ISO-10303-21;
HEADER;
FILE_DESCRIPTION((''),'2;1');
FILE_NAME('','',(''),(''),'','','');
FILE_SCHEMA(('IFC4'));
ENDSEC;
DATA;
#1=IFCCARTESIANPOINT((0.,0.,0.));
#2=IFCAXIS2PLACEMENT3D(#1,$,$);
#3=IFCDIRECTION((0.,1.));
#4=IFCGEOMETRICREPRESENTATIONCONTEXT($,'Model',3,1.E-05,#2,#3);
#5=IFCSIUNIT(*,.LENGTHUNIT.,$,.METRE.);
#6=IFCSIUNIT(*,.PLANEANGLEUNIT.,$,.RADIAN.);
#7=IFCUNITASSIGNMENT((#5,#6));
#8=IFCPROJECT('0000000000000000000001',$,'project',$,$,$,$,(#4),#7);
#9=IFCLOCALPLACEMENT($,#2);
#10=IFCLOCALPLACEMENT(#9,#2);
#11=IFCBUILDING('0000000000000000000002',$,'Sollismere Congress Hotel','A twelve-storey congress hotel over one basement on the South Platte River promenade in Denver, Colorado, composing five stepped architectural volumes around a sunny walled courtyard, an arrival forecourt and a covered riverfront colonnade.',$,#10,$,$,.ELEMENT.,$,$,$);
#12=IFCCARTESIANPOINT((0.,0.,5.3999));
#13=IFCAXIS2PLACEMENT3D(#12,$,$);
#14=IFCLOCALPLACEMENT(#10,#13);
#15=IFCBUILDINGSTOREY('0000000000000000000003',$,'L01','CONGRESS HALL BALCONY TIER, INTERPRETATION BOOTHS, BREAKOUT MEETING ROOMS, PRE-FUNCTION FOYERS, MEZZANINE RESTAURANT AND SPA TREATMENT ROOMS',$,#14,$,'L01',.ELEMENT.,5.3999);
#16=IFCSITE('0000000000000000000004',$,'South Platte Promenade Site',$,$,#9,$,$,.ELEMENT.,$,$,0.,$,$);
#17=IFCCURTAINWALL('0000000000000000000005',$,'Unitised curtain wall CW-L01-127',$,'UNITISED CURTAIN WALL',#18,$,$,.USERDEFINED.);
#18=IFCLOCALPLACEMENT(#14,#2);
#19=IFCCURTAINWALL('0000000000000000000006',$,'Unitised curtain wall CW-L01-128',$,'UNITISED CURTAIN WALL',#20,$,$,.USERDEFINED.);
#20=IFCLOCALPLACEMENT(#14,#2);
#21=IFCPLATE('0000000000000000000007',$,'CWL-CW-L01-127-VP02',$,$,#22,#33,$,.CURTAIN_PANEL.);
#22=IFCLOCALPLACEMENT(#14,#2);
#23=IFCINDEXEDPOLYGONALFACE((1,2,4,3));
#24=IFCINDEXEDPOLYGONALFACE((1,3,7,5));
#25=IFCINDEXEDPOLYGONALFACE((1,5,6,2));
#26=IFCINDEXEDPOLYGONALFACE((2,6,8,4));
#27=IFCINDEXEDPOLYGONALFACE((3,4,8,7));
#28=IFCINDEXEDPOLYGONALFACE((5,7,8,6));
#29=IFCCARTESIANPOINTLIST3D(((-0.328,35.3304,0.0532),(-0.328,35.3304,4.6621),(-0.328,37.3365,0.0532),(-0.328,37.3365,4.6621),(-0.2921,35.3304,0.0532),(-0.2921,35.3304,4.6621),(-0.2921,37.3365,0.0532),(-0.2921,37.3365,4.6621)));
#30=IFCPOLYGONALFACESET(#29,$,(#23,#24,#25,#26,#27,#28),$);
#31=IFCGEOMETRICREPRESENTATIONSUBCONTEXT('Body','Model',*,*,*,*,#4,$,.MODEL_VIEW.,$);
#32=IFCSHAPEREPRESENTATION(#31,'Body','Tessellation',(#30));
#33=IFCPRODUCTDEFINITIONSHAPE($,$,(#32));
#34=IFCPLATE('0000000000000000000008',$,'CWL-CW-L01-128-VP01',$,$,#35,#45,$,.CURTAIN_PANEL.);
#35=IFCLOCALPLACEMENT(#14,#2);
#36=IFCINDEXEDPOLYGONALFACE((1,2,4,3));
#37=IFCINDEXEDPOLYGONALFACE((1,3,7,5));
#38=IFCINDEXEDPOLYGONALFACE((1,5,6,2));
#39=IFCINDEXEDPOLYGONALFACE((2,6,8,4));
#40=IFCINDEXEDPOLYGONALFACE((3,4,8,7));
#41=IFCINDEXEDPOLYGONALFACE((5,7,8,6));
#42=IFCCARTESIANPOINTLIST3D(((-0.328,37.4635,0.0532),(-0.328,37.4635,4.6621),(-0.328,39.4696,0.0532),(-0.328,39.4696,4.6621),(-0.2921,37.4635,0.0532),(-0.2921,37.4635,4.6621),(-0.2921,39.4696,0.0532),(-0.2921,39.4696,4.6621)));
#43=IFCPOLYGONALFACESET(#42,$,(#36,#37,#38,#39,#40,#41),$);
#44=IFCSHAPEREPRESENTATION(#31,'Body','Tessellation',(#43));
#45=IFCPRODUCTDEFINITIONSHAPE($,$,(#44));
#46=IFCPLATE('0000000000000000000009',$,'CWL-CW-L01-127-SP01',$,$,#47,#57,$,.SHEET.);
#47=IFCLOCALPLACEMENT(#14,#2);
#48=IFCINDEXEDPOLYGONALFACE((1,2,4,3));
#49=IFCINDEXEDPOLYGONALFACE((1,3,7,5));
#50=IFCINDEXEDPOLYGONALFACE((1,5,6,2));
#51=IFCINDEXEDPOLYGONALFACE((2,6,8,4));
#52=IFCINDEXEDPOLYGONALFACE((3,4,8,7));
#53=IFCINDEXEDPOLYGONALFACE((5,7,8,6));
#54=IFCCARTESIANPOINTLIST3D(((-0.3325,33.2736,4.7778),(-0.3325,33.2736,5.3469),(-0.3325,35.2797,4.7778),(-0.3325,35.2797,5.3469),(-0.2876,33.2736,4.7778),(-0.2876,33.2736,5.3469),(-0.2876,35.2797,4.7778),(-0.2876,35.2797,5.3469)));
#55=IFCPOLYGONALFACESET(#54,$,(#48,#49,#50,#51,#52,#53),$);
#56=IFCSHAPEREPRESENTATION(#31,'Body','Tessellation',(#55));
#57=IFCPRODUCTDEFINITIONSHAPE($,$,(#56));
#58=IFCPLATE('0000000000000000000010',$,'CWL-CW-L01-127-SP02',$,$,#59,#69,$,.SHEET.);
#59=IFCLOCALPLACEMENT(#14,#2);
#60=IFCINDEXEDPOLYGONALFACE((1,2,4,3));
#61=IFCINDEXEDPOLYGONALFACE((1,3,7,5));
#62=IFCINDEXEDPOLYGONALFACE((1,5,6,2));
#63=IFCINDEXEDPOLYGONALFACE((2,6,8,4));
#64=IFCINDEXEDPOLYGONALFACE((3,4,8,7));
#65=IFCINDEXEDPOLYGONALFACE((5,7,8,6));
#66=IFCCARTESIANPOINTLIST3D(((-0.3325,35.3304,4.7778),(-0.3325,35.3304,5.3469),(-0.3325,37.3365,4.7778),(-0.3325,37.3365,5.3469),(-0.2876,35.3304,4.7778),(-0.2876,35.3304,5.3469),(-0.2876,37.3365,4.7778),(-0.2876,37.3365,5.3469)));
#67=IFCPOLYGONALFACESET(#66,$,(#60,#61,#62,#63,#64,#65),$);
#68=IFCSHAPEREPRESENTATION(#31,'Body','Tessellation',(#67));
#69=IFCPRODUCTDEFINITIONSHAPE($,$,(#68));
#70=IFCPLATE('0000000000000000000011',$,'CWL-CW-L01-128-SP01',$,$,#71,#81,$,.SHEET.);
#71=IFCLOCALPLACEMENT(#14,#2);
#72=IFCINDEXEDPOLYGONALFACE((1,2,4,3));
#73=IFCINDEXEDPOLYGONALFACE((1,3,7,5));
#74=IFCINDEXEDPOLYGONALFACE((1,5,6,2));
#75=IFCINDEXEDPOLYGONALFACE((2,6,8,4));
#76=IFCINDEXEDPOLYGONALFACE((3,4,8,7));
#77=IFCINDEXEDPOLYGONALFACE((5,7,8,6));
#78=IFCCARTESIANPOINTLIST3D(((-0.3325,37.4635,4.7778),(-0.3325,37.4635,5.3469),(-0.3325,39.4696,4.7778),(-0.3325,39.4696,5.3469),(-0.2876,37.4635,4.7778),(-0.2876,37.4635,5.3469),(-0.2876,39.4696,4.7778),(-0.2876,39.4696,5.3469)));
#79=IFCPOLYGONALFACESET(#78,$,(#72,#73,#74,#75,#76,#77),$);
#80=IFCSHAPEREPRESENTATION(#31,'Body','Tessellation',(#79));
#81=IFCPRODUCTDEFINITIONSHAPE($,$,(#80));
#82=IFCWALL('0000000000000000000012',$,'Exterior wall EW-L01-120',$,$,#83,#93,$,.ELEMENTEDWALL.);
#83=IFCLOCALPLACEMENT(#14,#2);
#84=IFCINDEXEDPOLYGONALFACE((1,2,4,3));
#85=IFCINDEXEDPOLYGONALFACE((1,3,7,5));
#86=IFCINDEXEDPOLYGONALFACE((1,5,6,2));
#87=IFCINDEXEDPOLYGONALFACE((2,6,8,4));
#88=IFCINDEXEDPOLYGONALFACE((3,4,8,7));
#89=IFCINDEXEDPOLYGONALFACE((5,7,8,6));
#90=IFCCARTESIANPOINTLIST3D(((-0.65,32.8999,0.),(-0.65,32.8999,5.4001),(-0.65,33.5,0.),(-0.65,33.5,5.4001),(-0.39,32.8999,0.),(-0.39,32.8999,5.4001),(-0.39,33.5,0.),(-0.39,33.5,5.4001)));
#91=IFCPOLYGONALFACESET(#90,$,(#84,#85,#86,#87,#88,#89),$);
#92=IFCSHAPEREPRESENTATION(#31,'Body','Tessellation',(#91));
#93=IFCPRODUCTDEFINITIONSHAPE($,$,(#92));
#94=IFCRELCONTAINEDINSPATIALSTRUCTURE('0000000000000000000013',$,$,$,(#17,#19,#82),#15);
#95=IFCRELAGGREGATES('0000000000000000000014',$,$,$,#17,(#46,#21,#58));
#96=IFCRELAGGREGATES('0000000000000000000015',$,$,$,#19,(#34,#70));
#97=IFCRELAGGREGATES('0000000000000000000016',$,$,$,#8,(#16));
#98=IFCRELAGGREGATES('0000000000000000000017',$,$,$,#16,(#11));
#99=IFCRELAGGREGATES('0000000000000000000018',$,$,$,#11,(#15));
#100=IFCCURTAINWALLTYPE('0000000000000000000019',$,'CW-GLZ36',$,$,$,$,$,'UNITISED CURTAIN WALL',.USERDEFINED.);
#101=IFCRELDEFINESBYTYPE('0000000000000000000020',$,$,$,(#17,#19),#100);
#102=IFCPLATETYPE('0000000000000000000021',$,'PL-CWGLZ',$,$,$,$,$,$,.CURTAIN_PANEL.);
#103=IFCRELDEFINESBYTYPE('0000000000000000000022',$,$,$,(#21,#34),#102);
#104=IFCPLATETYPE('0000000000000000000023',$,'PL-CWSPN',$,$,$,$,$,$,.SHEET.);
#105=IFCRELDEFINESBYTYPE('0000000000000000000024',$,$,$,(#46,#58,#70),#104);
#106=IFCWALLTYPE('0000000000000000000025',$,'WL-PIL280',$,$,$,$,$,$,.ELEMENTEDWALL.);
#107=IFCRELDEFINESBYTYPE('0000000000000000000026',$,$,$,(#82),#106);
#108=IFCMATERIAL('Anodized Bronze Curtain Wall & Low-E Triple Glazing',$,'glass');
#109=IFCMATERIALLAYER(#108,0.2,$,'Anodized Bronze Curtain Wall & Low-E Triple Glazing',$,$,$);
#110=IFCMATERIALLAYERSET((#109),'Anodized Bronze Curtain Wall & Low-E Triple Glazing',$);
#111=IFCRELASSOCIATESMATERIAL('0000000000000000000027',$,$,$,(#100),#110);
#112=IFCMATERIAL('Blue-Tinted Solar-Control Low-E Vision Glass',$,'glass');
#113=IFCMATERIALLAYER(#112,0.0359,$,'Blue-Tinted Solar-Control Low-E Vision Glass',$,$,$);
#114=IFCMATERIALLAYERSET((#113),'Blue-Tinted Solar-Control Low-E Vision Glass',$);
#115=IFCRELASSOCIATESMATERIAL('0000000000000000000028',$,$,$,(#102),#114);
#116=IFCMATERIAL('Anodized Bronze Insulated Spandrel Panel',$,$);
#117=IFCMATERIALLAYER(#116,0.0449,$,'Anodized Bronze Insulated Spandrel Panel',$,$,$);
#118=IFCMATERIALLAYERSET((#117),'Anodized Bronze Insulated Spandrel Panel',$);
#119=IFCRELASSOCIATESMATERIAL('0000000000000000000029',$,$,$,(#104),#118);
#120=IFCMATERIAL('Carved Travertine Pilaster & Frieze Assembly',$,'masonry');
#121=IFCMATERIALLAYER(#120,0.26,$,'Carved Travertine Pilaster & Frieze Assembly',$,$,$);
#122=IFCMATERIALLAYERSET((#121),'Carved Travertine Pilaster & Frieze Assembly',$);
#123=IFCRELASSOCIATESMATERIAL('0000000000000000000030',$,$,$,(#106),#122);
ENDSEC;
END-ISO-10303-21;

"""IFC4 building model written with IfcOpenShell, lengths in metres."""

from ifc_helpers import new_model, si_unit, direction, frame, frame_2d, origin, origin_2d, place, context, subcontext, project, spatial, rectangle, extrude, material, layer, layer_set, type_object, element, aggregate, save


model = new_model("IFC4")

# Units and contexts
model_context = context("Model", 3, precision=1e-05, world=origin(), true_north=direction((0.0, 1.0)))
body_context = subcontext(model_context, "Body", "Model", "MODEL_VIEW")
ifc_project = project(units=[si_unit("LENGTHUNIT", "METRE"), si_unit("PLANEANGLEUNIT", "RADIAN")], contexts=[model_context])

# Site, building, storey
site_placement = place(None, origin())
site = spatial("IfcSite", under=ifc_project, at=site_placement, Name="South Platte Promenade Site", CompositionType="ELEMENT", RefElevation=0.0)
building_placement = place(site_placement, origin())
building = spatial("IfcBuilding", under=site, at=building_placement, Name="Sollismere Congress Hotel", Description="A twelve-storey congress hotel over one basement on the South Platte River promenade in Denver, Colorado, composing five stepped architectural volumes around a sunny walled courtyard, an arrival forecourt and a covered riverfront colonnade.", CompositionType="ELEMENT")
storey_placement = place(building_placement, frame((0.0, 0.0, 5.3999)))
storey = spatial("IfcBuildingStorey", under=building, at=storey_placement, Name="L01", Description="CONGRESS HALL BALCONY TIER, INTERPRETATION BOOTHS, BREAKOUT MEETING ROOMS, PRE-FUNCTION FOYERS, MEZZANINE RESTAURANT AND SPA TREATMENT ROOMS", LongName="L01", CompositionType="ELEMENT", Elevation=5.3999)

# Curtain wall
ifc_material_1 = material(Name="Anodized Bronze Curtain Wall & Low-E Triple Glazing", Category="glass")
ifc_layer_1 = layer(ifc_material_1, 0.2, Name="Anodized Bronze Curtain Wall & Low-E Triple Glazing")
ifc_layer_set_1 = layer_set([ifc_layer_1], Name="Anodized Bronze Curtain Wall & Low-E Triple Glazing")
curtain_wall_type = type_object("IfcCurtainWallType", Name="CW-GLZ36", ElementType="UNITISED CURTAIN WALL", PredefinedType="USERDEFINED", material=ifc_layer_set_1)
curtain_wall_1_placement = place(storey_placement, origin())
curtain_wall_1 = element("IfcCurtainWall", 1, at=curtain_wall_1_placement, inside=storey, type_object=curtain_wall_type, Name="Unitised curtain wall CW-L01-127", ObjectType="UNITISED CURTAIN WALL", PredefinedType="USERDEFINED")

# Curtain wall
curtain_wall_2_placement = place(storey_placement, origin())
curtain_wall_2 = element("IfcCurtainWall", 2, at=curtain_wall_2_placement, inside=storey, type_object=curtain_wall_type, Name="Unitised curtain wall CW-L01-128", ObjectType="UNITISED CURTAIN WALL", PredefinedType="USERDEFINED")

# Plates
ifc_material_2 = material(Name="Blue-Tinted Solar-Control Low-E Vision Glass", Category="glass")
ifc_layer_2 = layer(ifc_material_2, 0.0359, Name="Blue-Tinted Solar-Control Low-E Vision Glass")
ifc_layer_set_2 = layer_set([ifc_layer_2], Name="Blue-Tinted Solar-Control Low-E Vision Glass")
plate_type_1 = type_object("IfcPlateType", Name="PL-CWGLZ", PredefinedType="CURTAIN_PANEL", material=ifc_layer_set_2)
plate_1_placement = place(storey_placement, frame((-0.3101, 36.3335, 0.0532), z_axis=(0.0, 0.0, 1.0), x_axis=(0.0, 1.0, 0.0)))
plate_1 = element("IfcPlate", 3, at=plate_1_placement, type_object=plate_type_1, Name="CWL-CW-L01-127-VP02", PredefinedType="CURTAIN_PANEL", context=body_context, shape_type="SweptSolid", body=[
    extrude(rectangle(XDim=2.0061, YDim=0.0359, at=origin_2d()), origin(), (0.0, 0.0, 1.0), 4.6089),
])
plate_2_placement = place(storey_placement, frame((-0.3101, 38.4666, 0.0532), z_axis=(0.0, 0.0, 1.0), x_axis=(0.0, 1.0, 0.0)))
plate_2 = element("IfcPlate", 4, at=plate_2_placement, type_object=plate_type_1, Name="CWL-CW-L01-128-VP01", PredefinedType="CURTAIN_PANEL", context=body_context, shape_type="SweptSolid", body=[
    extrude(rectangle(XDim=2.0061, YDim=0.0359, at=origin_2d()), origin(), (0.0, 0.0, 1.0), 4.6089),
])
ifc_material_3 = material(Name="Anodized Bronze Insulated Spandrel Panel")
ifc_layer_3 = layer(ifc_material_3, 0.0449, Name="Anodized Bronze Insulated Spandrel Panel")
ifc_layer_set_3 = layer_set([ifc_layer_3], Name="Anodized Bronze Insulated Spandrel Panel")
plate_type_2 = type_object("IfcPlateType", Name="PL-CWSPN", PredefinedType="SHEET", material=ifc_layer_set_3)
plate_3_placement = place(storey_placement, frame((-0.3101, 34.2766, 4.7778), z_axis=(0.0, 0.0, 1.0), x_axis=(0.0, 1.0, 0.0)))
plate_3 = element("IfcPlate", 5, at=plate_3_placement, type_object=plate_type_2, Name="CWL-CW-L01-127-SP01", PredefinedType="SHEET", context=body_context, shape_type="SweptSolid", body=[
    extrude(rectangle(XDim=2.0061, YDim=0.0449, at=origin_2d()), origin(), (0.0, 0.0, 1.0), 0.5691),
])
plate_4_placement = place(storey_placement, frame((-0.3101, 36.3335, 4.7778), z_axis=(0.0, 0.0, 1.0), x_axis=(0.0, 1.0, 0.0)))
plate_4 = element("IfcPlate", 6, at=plate_4_placement, type_object=plate_type_2, Name="CWL-CW-L01-127-SP02", PredefinedType="SHEET", context=body_context, shape_type="SweptSolid", body=[
    extrude(rectangle(XDim=2.0061, YDim=0.0449, at=origin_2d()), origin(), (0.0, 0.0, 1.0), 0.5691),
])
aggregate(curtain_wall_1, [plate_3, plate_1, plate_4])
plate_5_placement = place(storey_placement, frame((-0.3101, 38.4666, 4.7778), z_axis=(0.0, 0.0, 1.0), x_axis=(0.0, 1.0, 0.0)))
plate_5 = element("IfcPlate", 7, at=plate_5_placement, type_object=plate_type_2, Name="CWL-CW-L01-128-SP01", PredefinedType="SHEET", context=body_context, shape_type="SweptSolid", body=[
    extrude(rectangle(XDim=2.0061, YDim=0.0449, at=origin_2d()), origin(), (0.0, 0.0, 1.0), 0.5691),
])
aggregate(curtain_wall_2, [plate_2, plate_5])

# Wall
ifc_material_4 = material(Name="Carved Travertine Pilaster & Frieze Assembly", Category="masonry")
ifc_layer_4 = layer(ifc_material_4, 0.26, Name="Carved Travertine Pilaster & Frieze Assembly")
ifc_layer_set_4 = layer_set([ifc_layer_4], Name="Carved Travertine Pilaster & Frieze Assembly")
wall_type = type_object("IfcWallType", Name="WL-PIL280", PredefinedType="ELEMENTEDWALL", material=ifc_layer_set_4)
wall_placement = place(storey_placement, frame((-0.52, 32.8999, 0.0), z_axis=(0.0, 0.0, 1.0), x_axis=(0.0, 1.0, 0.0)))
element("IfcWall", 8, at=wall_placement, inside=storey, type_object=wall_type, Name="Exterior wall EW-L01-120", PredefinedType="ELEMENTEDWALL", context=body_context, shape_type="SweptSolid", body=[
    extrude(rectangle(XDim=0.6001, YDim=0.26, at=frame_2d((0.3, 0.0))), origin(), (0.0, 0.0, 1.0), 5.4001),
])

save(model, "model.ifc")
